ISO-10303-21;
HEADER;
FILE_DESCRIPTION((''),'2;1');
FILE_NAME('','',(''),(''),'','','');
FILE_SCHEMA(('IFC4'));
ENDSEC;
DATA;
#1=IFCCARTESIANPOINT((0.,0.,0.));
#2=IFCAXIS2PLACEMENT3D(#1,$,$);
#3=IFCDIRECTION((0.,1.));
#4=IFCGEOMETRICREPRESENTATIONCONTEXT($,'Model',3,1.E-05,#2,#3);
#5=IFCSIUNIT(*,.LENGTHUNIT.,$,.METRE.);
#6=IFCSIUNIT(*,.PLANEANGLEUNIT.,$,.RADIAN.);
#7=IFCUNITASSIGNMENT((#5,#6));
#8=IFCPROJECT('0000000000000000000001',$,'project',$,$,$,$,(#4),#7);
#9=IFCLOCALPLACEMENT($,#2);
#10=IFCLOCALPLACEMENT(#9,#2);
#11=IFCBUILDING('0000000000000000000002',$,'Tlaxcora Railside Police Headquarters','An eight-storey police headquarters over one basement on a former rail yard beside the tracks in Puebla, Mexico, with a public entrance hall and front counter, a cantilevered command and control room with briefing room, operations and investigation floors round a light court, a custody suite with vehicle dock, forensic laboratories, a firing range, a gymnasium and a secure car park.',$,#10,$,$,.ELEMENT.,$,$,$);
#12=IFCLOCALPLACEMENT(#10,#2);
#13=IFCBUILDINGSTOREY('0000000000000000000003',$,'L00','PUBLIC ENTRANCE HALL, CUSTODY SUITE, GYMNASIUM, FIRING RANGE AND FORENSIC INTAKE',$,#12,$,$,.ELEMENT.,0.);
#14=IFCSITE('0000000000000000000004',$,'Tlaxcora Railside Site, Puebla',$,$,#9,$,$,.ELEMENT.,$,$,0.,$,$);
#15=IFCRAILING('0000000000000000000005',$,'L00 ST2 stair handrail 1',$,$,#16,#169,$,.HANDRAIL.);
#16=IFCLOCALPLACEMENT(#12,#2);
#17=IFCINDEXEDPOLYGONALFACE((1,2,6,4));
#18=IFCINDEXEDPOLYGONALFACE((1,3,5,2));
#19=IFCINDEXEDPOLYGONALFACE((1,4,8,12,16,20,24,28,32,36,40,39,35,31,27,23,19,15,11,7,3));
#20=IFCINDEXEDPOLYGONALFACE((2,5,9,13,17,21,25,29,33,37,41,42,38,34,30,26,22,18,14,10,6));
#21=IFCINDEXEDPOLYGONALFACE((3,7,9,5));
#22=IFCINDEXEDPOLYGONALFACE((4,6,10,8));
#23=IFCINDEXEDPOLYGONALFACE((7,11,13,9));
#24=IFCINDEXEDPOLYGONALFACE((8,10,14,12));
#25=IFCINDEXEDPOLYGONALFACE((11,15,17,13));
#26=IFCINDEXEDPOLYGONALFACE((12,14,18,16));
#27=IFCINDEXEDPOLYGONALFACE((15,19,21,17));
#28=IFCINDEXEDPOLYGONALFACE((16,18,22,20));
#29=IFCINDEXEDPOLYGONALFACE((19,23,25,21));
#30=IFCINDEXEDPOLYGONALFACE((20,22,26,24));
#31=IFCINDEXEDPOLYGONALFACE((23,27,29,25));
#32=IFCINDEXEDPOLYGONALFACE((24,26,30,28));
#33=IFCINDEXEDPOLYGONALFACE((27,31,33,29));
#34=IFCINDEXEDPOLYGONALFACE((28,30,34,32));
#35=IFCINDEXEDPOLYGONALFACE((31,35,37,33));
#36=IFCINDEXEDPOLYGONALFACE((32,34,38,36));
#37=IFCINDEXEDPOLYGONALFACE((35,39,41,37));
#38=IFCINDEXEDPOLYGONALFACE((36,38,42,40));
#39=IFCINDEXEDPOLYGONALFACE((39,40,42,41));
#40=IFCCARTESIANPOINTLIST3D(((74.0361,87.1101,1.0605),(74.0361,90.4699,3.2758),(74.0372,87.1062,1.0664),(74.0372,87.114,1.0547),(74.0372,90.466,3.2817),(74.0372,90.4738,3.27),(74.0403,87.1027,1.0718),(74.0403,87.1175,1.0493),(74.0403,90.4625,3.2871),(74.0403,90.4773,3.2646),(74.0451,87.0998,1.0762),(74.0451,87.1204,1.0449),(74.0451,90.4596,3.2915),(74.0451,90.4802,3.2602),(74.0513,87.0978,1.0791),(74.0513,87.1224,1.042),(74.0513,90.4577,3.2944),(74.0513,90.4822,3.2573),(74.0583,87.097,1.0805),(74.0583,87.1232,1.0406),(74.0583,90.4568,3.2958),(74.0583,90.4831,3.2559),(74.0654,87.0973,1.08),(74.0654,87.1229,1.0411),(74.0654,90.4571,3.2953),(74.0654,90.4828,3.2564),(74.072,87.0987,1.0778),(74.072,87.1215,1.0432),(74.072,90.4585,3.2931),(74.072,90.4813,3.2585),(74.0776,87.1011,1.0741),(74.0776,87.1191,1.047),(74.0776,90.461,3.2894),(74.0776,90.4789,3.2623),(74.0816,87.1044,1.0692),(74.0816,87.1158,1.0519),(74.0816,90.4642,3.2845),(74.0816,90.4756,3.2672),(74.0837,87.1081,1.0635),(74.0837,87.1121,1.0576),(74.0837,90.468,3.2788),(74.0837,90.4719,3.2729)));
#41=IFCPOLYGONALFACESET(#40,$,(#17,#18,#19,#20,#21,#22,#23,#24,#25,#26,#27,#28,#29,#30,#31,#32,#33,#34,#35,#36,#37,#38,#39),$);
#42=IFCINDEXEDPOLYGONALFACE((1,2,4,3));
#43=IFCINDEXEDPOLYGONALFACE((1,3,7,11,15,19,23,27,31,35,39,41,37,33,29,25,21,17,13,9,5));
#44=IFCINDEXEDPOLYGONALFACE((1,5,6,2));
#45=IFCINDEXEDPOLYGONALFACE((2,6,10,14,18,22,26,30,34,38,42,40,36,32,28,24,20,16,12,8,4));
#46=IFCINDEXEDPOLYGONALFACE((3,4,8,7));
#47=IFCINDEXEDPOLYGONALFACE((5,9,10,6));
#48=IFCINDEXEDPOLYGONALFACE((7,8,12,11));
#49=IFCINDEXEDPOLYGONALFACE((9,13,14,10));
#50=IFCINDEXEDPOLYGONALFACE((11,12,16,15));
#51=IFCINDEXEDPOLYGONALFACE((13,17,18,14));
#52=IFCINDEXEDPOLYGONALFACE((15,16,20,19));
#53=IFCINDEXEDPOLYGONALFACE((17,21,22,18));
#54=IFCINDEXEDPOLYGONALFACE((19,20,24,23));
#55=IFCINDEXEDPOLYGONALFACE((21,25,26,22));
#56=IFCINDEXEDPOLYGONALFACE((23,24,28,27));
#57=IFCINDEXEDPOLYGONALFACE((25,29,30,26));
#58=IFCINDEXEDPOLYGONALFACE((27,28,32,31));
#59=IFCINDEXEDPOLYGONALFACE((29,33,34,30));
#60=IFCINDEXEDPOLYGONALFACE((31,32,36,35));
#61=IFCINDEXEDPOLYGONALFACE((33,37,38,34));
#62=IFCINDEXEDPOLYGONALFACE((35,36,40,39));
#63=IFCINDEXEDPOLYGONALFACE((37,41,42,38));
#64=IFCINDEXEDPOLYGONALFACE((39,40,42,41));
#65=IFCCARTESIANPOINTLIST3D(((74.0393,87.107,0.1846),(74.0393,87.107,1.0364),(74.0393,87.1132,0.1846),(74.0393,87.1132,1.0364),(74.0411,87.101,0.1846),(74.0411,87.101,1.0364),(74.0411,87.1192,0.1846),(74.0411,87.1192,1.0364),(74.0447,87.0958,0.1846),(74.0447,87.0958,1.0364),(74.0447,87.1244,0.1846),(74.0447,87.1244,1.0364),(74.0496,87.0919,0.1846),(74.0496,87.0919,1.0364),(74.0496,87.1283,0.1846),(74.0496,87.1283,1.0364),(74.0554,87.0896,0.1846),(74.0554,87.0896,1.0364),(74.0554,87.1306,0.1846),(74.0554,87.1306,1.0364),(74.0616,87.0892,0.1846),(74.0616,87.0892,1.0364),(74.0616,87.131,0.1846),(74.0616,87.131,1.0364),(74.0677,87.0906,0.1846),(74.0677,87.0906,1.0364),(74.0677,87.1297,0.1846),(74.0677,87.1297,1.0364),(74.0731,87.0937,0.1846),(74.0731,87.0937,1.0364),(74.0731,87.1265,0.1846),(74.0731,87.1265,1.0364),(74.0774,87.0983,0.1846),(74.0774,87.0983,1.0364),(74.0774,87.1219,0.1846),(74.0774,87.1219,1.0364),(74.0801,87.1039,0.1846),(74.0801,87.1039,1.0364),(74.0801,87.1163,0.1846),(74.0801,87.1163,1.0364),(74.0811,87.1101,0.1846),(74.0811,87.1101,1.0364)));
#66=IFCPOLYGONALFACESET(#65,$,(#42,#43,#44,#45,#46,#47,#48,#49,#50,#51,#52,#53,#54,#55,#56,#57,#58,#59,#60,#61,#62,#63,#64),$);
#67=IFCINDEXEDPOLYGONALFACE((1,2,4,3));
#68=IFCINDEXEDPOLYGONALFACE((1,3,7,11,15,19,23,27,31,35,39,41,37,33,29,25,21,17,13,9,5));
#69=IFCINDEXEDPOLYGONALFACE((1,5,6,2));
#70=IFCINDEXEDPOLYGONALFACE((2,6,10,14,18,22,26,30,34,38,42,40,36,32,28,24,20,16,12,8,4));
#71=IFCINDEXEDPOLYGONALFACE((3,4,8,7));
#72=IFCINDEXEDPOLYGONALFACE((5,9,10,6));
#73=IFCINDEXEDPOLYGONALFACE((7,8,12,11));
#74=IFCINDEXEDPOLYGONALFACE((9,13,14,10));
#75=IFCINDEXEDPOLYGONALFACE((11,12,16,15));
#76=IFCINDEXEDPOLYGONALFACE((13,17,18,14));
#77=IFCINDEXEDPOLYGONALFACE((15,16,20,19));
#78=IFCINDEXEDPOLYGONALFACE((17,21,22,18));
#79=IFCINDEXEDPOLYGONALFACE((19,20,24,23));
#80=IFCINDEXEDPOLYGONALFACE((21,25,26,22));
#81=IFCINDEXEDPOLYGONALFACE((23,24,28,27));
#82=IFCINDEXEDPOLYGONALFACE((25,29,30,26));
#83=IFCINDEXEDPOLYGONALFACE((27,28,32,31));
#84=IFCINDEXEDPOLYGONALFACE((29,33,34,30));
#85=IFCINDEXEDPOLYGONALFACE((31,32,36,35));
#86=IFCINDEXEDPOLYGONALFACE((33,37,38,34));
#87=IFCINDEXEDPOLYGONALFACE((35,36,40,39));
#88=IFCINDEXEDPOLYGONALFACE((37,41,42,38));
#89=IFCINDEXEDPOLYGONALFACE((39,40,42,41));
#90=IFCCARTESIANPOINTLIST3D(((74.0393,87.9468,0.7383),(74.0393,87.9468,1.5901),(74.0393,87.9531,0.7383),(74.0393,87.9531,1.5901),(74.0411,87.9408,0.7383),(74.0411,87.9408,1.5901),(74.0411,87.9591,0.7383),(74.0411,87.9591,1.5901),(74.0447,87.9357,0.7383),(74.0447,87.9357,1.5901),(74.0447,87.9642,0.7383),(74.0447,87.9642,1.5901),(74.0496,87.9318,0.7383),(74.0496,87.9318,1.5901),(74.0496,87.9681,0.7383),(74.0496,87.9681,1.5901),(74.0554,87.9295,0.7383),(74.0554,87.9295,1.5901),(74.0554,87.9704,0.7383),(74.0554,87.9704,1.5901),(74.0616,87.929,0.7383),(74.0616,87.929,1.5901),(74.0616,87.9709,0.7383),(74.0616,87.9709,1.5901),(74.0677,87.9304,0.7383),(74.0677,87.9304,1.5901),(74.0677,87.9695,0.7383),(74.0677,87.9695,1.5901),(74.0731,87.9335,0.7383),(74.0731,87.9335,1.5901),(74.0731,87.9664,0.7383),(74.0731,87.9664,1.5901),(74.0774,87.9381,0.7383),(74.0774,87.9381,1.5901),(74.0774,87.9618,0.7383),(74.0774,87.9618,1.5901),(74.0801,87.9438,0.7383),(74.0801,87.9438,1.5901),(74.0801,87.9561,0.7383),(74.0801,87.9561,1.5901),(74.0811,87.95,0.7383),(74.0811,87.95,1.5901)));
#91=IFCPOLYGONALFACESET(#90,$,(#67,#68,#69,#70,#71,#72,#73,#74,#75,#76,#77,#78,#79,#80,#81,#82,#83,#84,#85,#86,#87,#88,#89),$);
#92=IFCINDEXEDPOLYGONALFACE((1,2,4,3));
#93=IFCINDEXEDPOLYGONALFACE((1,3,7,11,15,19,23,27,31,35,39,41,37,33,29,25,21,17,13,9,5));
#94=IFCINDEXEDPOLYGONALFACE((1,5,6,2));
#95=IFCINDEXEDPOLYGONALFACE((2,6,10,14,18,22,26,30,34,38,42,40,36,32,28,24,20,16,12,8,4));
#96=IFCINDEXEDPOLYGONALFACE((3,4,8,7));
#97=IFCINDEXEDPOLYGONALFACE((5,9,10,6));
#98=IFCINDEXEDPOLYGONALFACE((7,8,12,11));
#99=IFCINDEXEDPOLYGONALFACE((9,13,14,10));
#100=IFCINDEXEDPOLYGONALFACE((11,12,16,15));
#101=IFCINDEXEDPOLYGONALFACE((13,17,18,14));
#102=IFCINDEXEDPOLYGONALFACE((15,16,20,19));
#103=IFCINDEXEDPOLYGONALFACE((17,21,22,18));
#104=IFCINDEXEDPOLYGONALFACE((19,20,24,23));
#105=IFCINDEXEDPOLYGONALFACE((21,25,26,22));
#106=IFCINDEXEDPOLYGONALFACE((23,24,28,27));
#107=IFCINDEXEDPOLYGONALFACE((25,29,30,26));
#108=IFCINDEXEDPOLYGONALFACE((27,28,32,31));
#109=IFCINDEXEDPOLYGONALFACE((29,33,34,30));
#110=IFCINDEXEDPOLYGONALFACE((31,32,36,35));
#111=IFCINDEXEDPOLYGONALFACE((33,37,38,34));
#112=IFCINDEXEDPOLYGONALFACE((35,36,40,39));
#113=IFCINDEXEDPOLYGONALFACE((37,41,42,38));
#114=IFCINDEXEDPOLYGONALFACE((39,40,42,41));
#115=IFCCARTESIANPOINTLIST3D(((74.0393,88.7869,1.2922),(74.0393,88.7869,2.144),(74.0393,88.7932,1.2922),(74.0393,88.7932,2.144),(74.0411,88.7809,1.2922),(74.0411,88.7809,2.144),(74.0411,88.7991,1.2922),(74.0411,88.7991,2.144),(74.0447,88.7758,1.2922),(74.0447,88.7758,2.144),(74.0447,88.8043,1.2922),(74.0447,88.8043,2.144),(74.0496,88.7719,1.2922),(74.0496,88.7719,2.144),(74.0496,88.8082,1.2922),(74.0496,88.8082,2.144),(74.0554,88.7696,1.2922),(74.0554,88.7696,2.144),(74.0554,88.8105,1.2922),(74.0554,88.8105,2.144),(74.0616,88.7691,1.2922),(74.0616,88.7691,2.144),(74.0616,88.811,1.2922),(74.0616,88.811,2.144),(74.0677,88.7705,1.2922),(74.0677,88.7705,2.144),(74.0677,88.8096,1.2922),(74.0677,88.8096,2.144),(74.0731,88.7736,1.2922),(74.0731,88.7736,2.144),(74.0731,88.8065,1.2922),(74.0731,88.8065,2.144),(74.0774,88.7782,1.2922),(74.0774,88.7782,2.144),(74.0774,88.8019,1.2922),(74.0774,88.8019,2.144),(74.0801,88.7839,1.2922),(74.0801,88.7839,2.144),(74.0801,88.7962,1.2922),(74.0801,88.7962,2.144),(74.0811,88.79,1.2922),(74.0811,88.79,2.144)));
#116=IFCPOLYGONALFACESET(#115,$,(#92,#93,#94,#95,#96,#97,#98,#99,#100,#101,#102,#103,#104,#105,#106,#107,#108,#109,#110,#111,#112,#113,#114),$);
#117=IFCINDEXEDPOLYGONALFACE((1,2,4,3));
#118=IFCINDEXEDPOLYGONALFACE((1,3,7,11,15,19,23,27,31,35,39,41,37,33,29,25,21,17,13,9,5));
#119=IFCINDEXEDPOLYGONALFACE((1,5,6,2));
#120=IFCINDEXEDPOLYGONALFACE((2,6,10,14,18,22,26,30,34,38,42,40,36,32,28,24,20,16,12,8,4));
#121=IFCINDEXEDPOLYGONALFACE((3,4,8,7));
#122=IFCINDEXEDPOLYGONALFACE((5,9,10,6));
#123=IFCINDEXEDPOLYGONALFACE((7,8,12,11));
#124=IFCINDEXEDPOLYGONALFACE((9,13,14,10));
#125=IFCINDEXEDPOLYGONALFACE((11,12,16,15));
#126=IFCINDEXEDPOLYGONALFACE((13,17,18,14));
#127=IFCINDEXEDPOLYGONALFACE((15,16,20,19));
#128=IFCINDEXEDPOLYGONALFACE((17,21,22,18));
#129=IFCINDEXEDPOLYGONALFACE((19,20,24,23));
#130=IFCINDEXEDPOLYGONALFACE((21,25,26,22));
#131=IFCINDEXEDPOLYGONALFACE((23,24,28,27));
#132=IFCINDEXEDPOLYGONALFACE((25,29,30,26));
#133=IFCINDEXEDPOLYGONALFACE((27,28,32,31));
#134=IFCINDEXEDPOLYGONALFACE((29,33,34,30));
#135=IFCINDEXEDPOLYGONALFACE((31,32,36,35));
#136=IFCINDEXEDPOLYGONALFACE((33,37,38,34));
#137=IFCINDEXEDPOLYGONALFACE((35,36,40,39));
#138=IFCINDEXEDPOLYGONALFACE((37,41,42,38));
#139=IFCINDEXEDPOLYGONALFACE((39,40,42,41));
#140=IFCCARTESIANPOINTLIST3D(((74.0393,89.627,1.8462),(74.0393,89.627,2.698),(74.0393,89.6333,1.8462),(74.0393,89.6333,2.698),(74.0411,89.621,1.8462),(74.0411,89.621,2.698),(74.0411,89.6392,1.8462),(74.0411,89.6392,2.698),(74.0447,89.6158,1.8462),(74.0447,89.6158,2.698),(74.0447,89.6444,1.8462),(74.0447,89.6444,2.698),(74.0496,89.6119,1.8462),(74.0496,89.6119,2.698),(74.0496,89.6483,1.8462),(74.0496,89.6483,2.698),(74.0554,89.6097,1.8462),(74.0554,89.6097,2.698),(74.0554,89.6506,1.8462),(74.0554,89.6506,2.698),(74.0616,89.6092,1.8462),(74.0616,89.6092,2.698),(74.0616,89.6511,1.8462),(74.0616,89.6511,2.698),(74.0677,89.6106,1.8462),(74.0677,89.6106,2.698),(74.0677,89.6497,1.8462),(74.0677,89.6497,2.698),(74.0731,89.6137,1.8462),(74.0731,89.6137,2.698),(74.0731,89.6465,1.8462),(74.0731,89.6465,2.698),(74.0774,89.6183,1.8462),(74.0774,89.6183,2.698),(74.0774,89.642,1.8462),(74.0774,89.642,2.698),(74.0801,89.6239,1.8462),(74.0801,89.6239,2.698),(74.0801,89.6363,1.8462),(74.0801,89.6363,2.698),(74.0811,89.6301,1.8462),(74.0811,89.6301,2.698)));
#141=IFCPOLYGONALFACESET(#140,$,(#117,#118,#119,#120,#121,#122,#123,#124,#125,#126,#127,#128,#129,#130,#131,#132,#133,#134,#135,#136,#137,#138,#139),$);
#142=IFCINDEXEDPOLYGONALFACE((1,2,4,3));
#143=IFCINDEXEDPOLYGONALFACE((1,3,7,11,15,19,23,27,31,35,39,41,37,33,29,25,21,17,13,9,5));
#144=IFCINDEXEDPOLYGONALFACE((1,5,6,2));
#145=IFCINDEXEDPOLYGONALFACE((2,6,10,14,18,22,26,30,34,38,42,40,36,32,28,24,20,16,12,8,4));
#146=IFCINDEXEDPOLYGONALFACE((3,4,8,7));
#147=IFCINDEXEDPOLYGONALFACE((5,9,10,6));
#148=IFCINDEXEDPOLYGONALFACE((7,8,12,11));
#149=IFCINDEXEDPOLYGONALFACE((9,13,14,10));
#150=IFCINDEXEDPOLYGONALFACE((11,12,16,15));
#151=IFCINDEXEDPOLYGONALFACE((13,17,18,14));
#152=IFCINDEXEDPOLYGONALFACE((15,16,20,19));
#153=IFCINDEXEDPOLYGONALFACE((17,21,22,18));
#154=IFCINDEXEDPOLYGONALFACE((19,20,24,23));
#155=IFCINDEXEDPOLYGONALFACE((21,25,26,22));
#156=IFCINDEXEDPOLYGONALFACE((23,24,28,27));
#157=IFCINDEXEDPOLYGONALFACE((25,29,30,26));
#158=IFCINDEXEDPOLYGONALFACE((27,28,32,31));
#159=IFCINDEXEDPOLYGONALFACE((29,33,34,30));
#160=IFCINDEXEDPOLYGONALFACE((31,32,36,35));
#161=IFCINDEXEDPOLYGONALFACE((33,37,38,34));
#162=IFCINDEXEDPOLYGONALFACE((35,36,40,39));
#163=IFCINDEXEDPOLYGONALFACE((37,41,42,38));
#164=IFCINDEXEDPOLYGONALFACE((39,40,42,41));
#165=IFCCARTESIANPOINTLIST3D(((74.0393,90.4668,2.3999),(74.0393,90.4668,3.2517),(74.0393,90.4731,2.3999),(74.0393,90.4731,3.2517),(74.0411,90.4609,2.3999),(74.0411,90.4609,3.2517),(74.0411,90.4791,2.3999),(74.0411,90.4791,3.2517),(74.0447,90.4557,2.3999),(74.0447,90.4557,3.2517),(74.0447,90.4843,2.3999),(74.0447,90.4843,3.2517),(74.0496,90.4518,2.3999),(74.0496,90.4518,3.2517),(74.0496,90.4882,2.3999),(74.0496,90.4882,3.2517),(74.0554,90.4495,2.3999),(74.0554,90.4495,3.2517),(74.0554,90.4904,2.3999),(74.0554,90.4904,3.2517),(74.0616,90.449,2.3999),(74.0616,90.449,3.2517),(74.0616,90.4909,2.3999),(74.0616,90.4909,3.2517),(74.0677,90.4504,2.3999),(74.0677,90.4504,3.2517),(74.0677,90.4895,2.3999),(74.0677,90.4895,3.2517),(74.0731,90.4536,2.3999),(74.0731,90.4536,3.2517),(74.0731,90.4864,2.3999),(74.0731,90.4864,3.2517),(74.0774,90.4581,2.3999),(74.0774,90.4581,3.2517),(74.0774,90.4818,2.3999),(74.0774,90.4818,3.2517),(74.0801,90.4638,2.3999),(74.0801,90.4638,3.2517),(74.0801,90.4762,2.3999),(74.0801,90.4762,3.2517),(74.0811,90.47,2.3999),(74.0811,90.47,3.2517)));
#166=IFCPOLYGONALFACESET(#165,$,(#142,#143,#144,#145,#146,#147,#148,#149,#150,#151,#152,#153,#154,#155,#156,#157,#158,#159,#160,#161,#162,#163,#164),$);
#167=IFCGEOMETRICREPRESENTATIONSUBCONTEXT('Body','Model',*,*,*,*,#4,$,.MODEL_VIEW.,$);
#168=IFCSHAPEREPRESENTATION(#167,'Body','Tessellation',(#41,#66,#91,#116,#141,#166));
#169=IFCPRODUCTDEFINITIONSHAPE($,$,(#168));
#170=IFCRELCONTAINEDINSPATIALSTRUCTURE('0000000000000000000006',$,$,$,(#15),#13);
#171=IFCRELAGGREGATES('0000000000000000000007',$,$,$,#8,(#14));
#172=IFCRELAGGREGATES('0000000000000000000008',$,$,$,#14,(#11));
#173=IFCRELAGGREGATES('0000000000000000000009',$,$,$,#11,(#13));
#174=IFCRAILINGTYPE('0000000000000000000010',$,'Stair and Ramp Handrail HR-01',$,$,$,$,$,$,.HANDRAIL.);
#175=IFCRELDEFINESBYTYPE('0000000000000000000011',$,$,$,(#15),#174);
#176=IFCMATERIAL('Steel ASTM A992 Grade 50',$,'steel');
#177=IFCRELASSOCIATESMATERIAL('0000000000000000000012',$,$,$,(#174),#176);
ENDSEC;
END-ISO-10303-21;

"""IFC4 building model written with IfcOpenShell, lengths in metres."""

from ifc_helpers import new_model, si_unit, direction, frame, origin, origin_2d, place, context, subcontext, project, spatial, circle, extrude, material, type_object, element, save


model = new_model("IFC4")

# Units and contexts
model_context = context("Model", 3, precision=1e-05, world=origin(), true_north=direction((0.0, 1.0)))
body_context = subcontext(model_context, "Body", "Model", "MODEL_VIEW")
ifc_project = project(units=[si_unit("LENGTHUNIT", "METRE"), si_unit("PLANEANGLEUNIT", "RADIAN")], contexts=[model_context])

# Site, building, storey
site_placement = place(None, origin())
site = spatial("IfcSite", under=ifc_project, at=site_placement, Name="Tlaxcora Railside Site, Puebla", CompositionType="ELEMENT", RefElevation=0.0)
building_placement = place(site_placement, origin())
building = spatial("IfcBuilding", under=site, at=building_placement, Name="Tlaxcora Railside Police Headquarters", Description="An eight-storey police headquarters over one basement on a former rail yard beside the tracks in Puebla, Mexico, with a public entrance hall and front counter, a cantilevered command and control room with briefing room, operations and investigation floors round a light court, a custody suite with vehicle dock, forensic laboratories, a firing range, a gymnasium and a secure car park.", CompositionType="ELEMENT")
storey_placement = place(building_placement, origin())
storey = spatial("IfcBuildingStorey", under=building, at=storey_placement, Name="L00", Description="PUBLIC ENTRANCE HALL, CUSTODY SUITE, GYMNASIUM, FIRING RANGE AND FORENSIC INTAKE", CompositionType="ELEMENT", Elevation=0.0)

# Shared definitions
ifc_material_1 = material(Name="Steel ASTM A992 Grade 50", Category="steel")

# Railing
railing_type_1 = type_object("IfcRailingType", Name="Stair and Ramp Handrail HR-01", PredefinedType="HANDRAIL", material=ifc_material_1)
railing_1_placement = place(storey_placement, frame((74.0601, 87.1101, 0.1846)))
element("IfcRailing", 1, at=railing_1_placement, inside=storey, type_object=railing_type_1, Name="L00 ST2 stair handrail 1", PredefinedType="HANDRAIL", context=body_context, shape_type="SweptSolid", body=[
    extrude(circle(Radius=0.0239, at=origin_2d()), frame((0.0, 0.0, 0.876), z_axis=(0.0, 0.834858, 0.550465), x_axis=(-1.0, 0.0, 0.0)), (0.0, 0.0, 1.0), 4.0244),
    extrude(circle(Radius=0.021, at=origin_2d()), origin(), (0.0, 0.0, 1.0), 0.8518),
    extrude(circle(Radius=0.021, at=origin_2d()), frame((0.0, 0.8398, 0.5537)), (0.0, 0.0, 1.0), 0.8518),
    extrude(circle(Radius=0.021, at=origin_2d()), frame((0.0, 1.6799, 1.1077)), (0.0, 0.0, 1.0), 0.8518),
    extrude(circle(Radius=0.021, at=origin_2d()), frame((0.0, 2.52, 1.6616)), (0.0, 0.0, 1.0), 0.8518),
    extrude(circle(Radius=0.021, at=origin_2d()), frame((0.0, 3.3599, 2.2153)), (0.0, 0.0, 1.0), 0.8518),
])

save(model, "model.ifc")
